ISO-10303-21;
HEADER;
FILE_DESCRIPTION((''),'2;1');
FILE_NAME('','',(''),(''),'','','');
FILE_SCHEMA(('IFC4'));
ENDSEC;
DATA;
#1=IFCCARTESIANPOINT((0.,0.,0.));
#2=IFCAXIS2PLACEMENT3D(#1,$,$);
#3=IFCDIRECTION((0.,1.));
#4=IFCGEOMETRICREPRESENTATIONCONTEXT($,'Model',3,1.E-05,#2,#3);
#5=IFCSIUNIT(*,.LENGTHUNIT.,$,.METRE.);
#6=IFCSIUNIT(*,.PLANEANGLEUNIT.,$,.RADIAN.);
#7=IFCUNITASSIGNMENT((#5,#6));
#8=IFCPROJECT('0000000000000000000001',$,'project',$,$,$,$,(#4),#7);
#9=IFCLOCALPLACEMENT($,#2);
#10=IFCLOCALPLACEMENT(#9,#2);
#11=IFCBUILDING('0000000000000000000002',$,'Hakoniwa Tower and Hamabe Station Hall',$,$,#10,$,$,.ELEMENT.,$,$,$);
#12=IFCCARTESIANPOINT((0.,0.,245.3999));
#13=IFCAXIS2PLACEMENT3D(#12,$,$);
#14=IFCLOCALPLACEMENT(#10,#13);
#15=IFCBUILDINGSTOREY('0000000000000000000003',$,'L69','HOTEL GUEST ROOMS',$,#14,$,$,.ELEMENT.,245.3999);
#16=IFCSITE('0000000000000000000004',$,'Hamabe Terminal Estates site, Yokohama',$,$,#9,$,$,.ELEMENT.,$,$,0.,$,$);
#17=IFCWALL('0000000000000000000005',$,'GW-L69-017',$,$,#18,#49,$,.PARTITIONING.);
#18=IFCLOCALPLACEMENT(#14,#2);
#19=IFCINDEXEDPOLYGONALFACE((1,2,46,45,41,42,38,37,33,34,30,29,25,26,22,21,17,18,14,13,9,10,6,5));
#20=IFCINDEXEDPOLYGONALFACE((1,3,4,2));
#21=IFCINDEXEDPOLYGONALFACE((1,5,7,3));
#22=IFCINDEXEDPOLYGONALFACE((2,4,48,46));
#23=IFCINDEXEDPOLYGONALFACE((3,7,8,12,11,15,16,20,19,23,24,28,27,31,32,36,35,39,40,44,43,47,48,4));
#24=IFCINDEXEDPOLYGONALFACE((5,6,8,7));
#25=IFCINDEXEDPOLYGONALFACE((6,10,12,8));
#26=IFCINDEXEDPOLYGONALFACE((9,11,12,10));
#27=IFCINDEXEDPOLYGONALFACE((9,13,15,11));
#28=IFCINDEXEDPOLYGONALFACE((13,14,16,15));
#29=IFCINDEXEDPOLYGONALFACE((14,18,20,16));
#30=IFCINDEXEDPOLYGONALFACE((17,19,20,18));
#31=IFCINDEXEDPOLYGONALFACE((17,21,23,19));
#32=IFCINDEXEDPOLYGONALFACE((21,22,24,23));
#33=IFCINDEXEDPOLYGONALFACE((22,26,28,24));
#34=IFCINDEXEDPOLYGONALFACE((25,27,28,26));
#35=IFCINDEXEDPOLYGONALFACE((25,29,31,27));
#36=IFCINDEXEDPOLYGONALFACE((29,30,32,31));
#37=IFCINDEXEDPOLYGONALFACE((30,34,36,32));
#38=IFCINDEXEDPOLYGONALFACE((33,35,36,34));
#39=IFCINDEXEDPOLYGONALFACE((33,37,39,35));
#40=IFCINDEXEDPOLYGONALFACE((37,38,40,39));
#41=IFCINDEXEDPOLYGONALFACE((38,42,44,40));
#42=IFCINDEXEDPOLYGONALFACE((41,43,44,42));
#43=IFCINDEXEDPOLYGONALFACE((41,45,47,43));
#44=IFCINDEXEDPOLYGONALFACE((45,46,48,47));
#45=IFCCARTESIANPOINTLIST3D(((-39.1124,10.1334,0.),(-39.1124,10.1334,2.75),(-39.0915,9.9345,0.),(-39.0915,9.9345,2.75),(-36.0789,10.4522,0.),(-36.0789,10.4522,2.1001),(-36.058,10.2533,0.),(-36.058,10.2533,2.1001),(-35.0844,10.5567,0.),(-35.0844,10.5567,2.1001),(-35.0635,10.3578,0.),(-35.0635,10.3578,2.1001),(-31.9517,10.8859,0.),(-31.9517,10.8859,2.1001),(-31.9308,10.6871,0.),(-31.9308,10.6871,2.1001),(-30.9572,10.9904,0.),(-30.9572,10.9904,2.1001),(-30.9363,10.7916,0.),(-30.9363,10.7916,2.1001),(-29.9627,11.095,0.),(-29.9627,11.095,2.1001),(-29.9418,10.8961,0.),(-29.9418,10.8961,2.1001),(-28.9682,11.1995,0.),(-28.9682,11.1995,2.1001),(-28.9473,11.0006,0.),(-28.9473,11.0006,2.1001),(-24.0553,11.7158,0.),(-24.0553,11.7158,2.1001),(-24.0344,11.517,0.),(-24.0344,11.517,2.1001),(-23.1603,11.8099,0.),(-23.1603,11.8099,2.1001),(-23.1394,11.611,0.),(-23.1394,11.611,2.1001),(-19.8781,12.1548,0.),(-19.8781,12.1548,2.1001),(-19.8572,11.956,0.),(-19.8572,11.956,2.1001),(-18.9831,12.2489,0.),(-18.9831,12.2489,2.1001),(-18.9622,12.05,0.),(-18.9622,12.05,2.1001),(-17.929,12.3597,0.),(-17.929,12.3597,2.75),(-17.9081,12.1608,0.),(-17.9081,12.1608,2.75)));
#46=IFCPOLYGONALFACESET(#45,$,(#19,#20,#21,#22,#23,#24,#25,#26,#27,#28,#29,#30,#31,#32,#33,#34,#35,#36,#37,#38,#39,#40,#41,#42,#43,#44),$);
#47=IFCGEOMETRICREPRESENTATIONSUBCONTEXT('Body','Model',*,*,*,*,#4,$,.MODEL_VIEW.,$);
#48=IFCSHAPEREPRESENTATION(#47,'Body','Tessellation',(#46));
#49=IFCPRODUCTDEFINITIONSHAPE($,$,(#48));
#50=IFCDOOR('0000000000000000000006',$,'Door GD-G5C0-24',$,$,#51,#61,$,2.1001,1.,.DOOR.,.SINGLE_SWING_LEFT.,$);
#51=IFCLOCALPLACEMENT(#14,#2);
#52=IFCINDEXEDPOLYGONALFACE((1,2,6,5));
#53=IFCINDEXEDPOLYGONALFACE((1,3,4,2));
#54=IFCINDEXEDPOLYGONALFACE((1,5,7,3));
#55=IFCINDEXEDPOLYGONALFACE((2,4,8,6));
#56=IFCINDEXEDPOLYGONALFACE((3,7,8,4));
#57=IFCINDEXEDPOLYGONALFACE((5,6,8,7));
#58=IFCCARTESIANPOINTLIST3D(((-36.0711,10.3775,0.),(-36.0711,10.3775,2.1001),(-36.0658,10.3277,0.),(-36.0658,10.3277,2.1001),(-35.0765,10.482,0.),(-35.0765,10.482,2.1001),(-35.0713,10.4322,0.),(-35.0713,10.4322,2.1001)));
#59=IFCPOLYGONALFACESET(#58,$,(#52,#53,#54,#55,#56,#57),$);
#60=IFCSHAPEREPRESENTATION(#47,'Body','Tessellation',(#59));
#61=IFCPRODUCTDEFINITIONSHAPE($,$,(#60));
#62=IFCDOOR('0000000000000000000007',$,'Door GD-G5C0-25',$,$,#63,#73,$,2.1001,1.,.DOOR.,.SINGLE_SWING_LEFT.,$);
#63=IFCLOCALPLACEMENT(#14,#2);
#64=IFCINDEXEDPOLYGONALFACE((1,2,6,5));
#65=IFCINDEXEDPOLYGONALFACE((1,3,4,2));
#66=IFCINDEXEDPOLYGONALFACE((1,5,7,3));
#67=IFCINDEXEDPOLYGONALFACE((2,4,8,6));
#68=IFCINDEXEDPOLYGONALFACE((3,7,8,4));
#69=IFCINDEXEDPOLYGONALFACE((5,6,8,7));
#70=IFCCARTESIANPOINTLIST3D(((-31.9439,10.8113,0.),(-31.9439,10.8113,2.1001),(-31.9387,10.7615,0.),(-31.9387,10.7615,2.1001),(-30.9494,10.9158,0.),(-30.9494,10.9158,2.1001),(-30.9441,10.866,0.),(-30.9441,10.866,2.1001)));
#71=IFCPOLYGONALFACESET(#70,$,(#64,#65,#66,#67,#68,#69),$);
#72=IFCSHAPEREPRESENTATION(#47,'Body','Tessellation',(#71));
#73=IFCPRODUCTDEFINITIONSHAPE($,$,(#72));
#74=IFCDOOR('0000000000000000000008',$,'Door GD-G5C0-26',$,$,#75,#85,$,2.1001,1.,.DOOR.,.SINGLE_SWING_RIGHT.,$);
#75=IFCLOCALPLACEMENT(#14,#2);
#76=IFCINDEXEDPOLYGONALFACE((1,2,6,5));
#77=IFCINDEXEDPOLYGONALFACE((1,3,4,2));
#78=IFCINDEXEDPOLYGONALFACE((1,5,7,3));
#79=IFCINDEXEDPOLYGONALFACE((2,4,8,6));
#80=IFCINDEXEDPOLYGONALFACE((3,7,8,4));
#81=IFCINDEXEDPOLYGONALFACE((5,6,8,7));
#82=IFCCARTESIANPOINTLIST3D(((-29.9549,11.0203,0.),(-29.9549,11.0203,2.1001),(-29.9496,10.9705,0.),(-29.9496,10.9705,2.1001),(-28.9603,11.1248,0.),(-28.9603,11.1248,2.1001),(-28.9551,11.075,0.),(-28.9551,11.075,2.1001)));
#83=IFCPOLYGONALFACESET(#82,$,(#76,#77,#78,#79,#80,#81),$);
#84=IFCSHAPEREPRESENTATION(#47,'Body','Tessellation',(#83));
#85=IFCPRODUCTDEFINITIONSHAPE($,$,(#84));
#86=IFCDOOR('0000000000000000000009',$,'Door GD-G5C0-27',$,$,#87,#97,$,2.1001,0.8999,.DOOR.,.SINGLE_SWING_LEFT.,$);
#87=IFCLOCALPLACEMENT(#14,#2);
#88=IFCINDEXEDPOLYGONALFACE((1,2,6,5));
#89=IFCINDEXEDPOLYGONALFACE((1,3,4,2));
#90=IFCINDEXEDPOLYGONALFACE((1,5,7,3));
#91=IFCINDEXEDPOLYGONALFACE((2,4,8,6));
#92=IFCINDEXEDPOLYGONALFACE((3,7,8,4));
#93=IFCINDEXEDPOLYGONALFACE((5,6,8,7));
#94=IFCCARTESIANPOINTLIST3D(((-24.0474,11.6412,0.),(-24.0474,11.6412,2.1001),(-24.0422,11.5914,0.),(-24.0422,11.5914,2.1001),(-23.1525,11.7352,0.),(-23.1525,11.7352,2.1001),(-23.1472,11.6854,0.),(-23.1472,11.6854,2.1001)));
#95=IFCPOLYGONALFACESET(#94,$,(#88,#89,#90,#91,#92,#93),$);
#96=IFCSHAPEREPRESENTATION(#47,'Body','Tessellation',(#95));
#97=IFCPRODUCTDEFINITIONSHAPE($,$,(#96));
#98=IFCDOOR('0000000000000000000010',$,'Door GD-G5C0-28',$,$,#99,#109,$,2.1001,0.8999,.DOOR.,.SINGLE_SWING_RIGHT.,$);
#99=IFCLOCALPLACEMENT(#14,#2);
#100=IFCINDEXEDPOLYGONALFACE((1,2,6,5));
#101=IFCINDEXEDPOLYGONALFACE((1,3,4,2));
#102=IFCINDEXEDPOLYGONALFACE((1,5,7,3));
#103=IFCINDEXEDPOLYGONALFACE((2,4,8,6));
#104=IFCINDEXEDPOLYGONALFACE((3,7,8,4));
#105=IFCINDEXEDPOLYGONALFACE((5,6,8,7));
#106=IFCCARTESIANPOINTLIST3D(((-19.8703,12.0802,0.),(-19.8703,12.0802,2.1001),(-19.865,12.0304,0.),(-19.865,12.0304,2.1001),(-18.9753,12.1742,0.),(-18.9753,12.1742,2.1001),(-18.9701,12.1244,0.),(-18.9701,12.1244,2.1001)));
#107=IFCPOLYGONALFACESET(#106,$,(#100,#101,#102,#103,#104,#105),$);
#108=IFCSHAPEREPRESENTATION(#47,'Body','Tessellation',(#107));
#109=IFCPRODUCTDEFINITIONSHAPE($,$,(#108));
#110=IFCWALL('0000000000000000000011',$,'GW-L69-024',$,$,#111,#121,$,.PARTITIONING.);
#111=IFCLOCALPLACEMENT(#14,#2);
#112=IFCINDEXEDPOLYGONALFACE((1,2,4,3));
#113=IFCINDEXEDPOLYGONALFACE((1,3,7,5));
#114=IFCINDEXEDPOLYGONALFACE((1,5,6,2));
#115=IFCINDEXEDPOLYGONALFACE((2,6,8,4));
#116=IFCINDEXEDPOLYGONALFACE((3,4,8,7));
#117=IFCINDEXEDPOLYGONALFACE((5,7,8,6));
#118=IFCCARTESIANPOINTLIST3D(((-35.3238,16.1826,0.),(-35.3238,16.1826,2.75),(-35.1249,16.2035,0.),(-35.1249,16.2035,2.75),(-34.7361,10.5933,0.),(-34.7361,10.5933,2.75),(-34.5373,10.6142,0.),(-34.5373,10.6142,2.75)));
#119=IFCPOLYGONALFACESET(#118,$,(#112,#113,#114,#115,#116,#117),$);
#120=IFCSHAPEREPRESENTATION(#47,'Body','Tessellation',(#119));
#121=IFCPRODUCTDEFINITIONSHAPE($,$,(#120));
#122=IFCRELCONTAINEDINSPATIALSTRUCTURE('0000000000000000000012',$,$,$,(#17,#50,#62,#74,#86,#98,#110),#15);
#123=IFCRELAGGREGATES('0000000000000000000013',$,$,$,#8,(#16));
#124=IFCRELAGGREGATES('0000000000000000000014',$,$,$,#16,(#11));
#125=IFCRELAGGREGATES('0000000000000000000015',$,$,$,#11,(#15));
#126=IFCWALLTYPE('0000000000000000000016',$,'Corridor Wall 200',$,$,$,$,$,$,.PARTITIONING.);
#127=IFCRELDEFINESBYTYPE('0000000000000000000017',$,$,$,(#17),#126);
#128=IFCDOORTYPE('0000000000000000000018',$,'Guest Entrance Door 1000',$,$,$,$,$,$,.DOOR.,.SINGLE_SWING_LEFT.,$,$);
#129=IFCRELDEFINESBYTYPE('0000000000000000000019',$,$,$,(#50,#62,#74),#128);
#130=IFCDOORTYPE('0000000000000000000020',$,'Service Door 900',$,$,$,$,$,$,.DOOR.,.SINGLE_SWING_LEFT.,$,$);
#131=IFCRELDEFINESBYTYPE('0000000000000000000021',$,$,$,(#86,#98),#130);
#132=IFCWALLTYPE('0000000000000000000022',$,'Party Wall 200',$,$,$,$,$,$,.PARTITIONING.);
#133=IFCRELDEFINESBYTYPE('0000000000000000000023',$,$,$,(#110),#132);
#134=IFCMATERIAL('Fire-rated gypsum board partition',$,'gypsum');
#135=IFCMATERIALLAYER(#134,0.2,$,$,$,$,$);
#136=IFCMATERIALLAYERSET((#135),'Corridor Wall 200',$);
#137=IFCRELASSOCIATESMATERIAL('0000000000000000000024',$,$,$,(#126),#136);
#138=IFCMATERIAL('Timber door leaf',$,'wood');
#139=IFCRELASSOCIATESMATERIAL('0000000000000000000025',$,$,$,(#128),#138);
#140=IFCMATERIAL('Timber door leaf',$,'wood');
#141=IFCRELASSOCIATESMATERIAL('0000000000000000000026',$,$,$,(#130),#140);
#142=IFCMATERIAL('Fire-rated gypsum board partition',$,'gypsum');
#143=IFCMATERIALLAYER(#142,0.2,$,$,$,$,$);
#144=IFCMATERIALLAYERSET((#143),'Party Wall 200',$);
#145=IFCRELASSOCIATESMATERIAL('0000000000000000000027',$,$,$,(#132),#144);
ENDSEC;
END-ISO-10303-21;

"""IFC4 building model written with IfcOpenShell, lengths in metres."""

from ifc_helpers import new_model, si_unit, direction, frame, frame_2d, origin, place, context, subcontext, project, spatial, rectangle, extrude, material, layer, layer_set, type_object, element, fill, save


model = new_model("IFC4")

# Units and contexts
model_context = context("Model", 3, precision=1e-05, world=origin(), true_north=direction((0.0, 1.0)))
body_context = subcontext(model_context, "Body", "Model", "MODEL_VIEW")
ifc_project = project(units=[si_unit("LENGTHUNIT", "METRE"), si_unit("PLANEANGLEUNIT", "RADIAN")], contexts=[model_context])

# Site, building, storey
site_placement = place(None, origin())
site = spatial("IfcSite", under=ifc_project, at=site_placement, Name="Hamabe Terminal Estates site, Yokohama", CompositionType="ELEMENT", RefElevation=0.0)
building_placement = place(site_placement, origin())
building = spatial("IfcBuilding", under=site, at=building_placement, Name="Hakoniwa Tower and Hamabe Station Hall", CompositionType="ELEMENT")
storey_placement = place(building_placement, frame((0.0, 0.0, 245.3999)))
storey = spatial("IfcBuildingStorey", under=building, at=storey_placement, Name="L69", Description="HOTEL GUEST ROOMS", CompositionType="ELEMENT", Elevation=245.3999)

# Wall, openings, doors
ifc_material_1 = material(Name="Fire-rated gypsum board partition", Category="gypsum")
ifc_layer_1 = layer(ifc_material_1, 0.2)
ifc_layer_set_1 = layer_set([ifc_layer_1], Name="Corridor Wall 200")
wall_type_1 = type_object("IfcWallType", Name="Corridor Wall 200", PredefinedType="PARTITIONING", material=ifc_layer_set_1)
wall_1_placement = place(storey_placement, frame((-39.1018, 10.0339, 0.0), z_axis=(0.0, 0.0, 1.0), x_axis=(0.994523, 0.104522, 0.0)))
wall_1 = element("IfcWall", 1, at=wall_1_placement, inside=storey, type_object=wall_type_1, Name="GW-L69-017", PredefinedType="PARTITIONING", context=body_context, shape_type="SweptSolid", body=[
    extrude(rectangle(XDim=21.3, YDim=0.2, at=frame_2d((10.6499, 0.0))), origin(), (0.0, 0.0, 1.0), 2.75),
])
opening_1_placement = place(wall_1_placement, frame((3.05, 0.0, 0.0)))
opening_1 = element("IfcOpeningElement", 2, at=opening_1_placement, cuts=wall_1, PredefinedType="OPENING", context=body_context, shape_type="SweptSolid", body=[
    extrude(rectangle(XDim=1.0, YDim=2.1001, at=frame_2d((0.5, 1.05))), frame((0.0, 0.1099, 0.0), z_axis=(0.0, -1.0, 0.0), x_axis=(1.0, 0.0, 0.0)), (0.0, 0.0, 1.0), 0.22),
])
opening_2_placement = place(wall_1_placement, frame((7.2, 0.0, 0.0)))
opening_2 = element("IfcOpeningElement", 3, at=opening_2_placement, cuts=wall_1, PredefinedType="OPENING", context=body_context, shape_type="SweptSolid", body=[
    extrude(rectangle(XDim=1.0, YDim=2.1001, at=frame_2d((0.5, 1.05))), frame((0.0, 0.1099, 0.0), z_axis=(0.0, -1.0, 0.0), x_axis=(1.0, 0.0, 0.0)), (0.0, 0.0, 1.0), 0.22),
])
opening_3_placement = place(wall_1_placement, frame((9.2, 0.0, 0.0)))
opening_3 = element("IfcOpeningElement", 4, at=opening_3_placement, cuts=wall_1, PredefinedType="OPENING", context=body_context, shape_type="SweptSolid", body=[
    extrude(rectangle(XDim=1.0, YDim=2.1001, at=frame_2d((0.5, 1.05))), frame((0.0, 0.1099, 0.0), z_axis=(0.0, -1.0, 0.0), x_axis=(1.0, 0.0, 0.0)), (0.0, 0.0, 1.0), 0.22),
])
opening_4_placement = place(wall_1_placement, frame((15.1399, 0.0, 0.0)))
opening_4 = element("IfcOpeningElement", 5, at=opening_4_placement, cuts=wall_1, PredefinedType="OPENING", context=body_context, shape_type="SweptSolid", body=[
    extrude(rectangle(XDim=0.8999, YDim=2.1001, at=frame_2d((0.45, 1.05))), frame((0.0, 0.1099, 0.0), z_axis=(0.0, -1.0, 0.0), x_axis=(1.0, 0.0, 0.0)), (0.0, 0.0, 1.0), 0.22),
])
opening_5_placement = place(wall_1_placement, frame((19.3401, 0.0, 0.0)))
opening_5 = element("IfcOpeningElement", 6, at=opening_5_placement, cuts=wall_1, PredefinedType="OPENING", context=body_context, shape_type="SweptSolid", body=[
    extrude(rectangle(XDim=0.8999, YDim=2.1001, at=frame_2d((0.45, 1.05))), frame((0.0, 0.1099, 0.0), z_axis=(0.0, -1.0, 0.0), x_axis=(1.0, 0.0, 0.0)), (0.0, 0.0, 1.0), 0.22),
])
ifc_material_2 = material(Name="Timber door leaf", Category="wood")
door_type_1 = type_object("IfcDoorType", Name="Guest Entrance Door 1000", OperationType="SINGLE_SWING_LEFT", PredefinedType="DOOR", material=ifc_material_2)
door_1_placement = place(opening_1_placement, origin())
door_1 = element("IfcDoor", 7, at=door_1_placement, inside=storey, type_object=door_type_1, Name="Door GD-G5C0-24", OperationType="SINGLE_SWING_LEFT", OverallHeight=2.1001, OverallWidth=1.0, PredefinedType="DOOR", context=body_context, shape_type="SweptSolid", body=[
    extrude(rectangle(XDim=1.0, YDim=2.1001, at=frame_2d((0.5, 1.05))), frame((0.0, 0.0249, 0.0), z_axis=(0.0, -1.0, 0.0), x_axis=(1.0, 0.0, 0.0)), (0.0, 0.0, 1.0), 0.05),
])
fill(opening_1, door_1)
door_2_placement = place(opening_2_placement, origin())
door_2 = element("IfcDoor", 8, at=door_2_placement, inside=storey, type_object=door_type_1, Name="Door GD-G5C0-25", OperationType="SINGLE_SWING_LEFT", OverallHeight=2.1001, OverallWidth=1.0, PredefinedType="DOOR", context=body_context, shape_type="SweptSolid", body=[
    extrude(rectangle(XDim=1.0, YDim=2.1001, at=frame_2d((0.5, 1.05))), frame((0.0, 0.0249, 0.0), z_axis=(0.0, -1.0, 0.0), x_axis=(1.0, 0.0, 0.0)), (0.0, 0.0, 1.0), 0.05),
])
fill(opening_2, door_2)
door_3_placement = place(opening_3_placement, origin())
door_3 = element("IfcDoor", 9, at=door_3_placement, inside=storey, type_object=door_type_1, Name="Door GD-G5C0-26", OperationType="SINGLE_SWING_RIGHT", OverallHeight=2.1001, OverallWidth=1.0, PredefinedType="DOOR", context=body_context, shape_type="SweptSolid", body=[
    extrude(rectangle(XDim=1.0, YDim=2.1001, at=frame_2d((0.5, 1.05))), frame((0.0, 0.0249, 0.0), z_axis=(0.0, -1.0, 0.0), x_axis=(1.0, 0.0, 0.0)), (0.0, 0.0, 1.0), 0.05),
])
fill(opening_3, door_3)
ifc_material_3 = material(Name="Timber door leaf", Category="wood")
door_type_2 = type_object("IfcDoorType", Name="Service Door 900", OperationType="SINGLE_SWING_LEFT", PredefinedType="DOOR", material=ifc_material_3)
door_4_placement = place(opening_4_placement, origin())
door_4 = element("IfcDoor", 10, at=door_4_placement, inside=storey, type_object=door_type_2, Name="Door GD-G5C0-27", OperationType="SINGLE_SWING_LEFT", OverallHeight=2.1001, OverallWidth=0.8999, PredefinedType="DOOR", context=body_context, shape_type="SweptSolid", body=[
    extrude(rectangle(XDim=0.8999, YDim=2.1001, at=frame_2d((0.45, 1.05))), frame((0.0, 0.0249, 0.0), z_axis=(0.0, -1.0, 0.0), x_axis=(1.0, 0.0, 0.0)), (0.0, 0.0, 1.0), 0.05),
])
fill(opening_4, door_4)
door_5_placement = place(opening_5_placement, origin())
door_5 = element("IfcDoor", 11, at=door_5_placement, inside=storey, type_object=door_type_2, Name="Door GD-G5C0-28", OperationType="SINGLE_SWING_RIGHT", OverallHeight=2.1001, OverallWidth=0.8999, PredefinedType="DOOR", context=body_context, shape_type="SweptSolid", body=[
    extrude(rectangle(XDim=0.8999, YDim=2.1001, at=frame_2d((0.45, 1.05))), frame((0.0, 0.0249, 0.0), z_axis=(0.0, -1.0, 0.0), x_axis=(1.0, 0.0, 0.0)), (0.0, 0.0, 1.0), 0.05),
])
fill(opening_5, door_5)

# Wall
ifc_material_4 = material(Name="Fire-rated gypsum board partition", Category="gypsum")
ifc_layer_2 = layer(ifc_material_4, 0.2)
ifc_layer_set_2 = layer_set([ifc_layer_2], Name="Party Wall 200")
wall_type_2 = type_object("IfcWallType", Name="Party Wall 200", PredefinedType="PARTITIONING", material=ifc_layer_set_2)
wall_2_placement = place(storey_placement, frame((-34.6367, 10.6038, 0.0), z_axis=(0.0, 0.0, 1.0), x_axis=(-0.10456, 0.994519, 0.0)))
element("IfcWall", 12, at=wall_2_placement, inside=storey, type_object=wall_type_2, Name="GW-L69-024", PredefinedType="PARTITIONING", context=body_context, shape_type="SweptSolid", body=[
    extrude(rectangle(XDim=5.6201, YDim=0.2, at=frame_2d((2.8101, 0.0))), origin(), (0.0, 0.0, 1.0), 2.75),
])

save(model, "model.ifc")
